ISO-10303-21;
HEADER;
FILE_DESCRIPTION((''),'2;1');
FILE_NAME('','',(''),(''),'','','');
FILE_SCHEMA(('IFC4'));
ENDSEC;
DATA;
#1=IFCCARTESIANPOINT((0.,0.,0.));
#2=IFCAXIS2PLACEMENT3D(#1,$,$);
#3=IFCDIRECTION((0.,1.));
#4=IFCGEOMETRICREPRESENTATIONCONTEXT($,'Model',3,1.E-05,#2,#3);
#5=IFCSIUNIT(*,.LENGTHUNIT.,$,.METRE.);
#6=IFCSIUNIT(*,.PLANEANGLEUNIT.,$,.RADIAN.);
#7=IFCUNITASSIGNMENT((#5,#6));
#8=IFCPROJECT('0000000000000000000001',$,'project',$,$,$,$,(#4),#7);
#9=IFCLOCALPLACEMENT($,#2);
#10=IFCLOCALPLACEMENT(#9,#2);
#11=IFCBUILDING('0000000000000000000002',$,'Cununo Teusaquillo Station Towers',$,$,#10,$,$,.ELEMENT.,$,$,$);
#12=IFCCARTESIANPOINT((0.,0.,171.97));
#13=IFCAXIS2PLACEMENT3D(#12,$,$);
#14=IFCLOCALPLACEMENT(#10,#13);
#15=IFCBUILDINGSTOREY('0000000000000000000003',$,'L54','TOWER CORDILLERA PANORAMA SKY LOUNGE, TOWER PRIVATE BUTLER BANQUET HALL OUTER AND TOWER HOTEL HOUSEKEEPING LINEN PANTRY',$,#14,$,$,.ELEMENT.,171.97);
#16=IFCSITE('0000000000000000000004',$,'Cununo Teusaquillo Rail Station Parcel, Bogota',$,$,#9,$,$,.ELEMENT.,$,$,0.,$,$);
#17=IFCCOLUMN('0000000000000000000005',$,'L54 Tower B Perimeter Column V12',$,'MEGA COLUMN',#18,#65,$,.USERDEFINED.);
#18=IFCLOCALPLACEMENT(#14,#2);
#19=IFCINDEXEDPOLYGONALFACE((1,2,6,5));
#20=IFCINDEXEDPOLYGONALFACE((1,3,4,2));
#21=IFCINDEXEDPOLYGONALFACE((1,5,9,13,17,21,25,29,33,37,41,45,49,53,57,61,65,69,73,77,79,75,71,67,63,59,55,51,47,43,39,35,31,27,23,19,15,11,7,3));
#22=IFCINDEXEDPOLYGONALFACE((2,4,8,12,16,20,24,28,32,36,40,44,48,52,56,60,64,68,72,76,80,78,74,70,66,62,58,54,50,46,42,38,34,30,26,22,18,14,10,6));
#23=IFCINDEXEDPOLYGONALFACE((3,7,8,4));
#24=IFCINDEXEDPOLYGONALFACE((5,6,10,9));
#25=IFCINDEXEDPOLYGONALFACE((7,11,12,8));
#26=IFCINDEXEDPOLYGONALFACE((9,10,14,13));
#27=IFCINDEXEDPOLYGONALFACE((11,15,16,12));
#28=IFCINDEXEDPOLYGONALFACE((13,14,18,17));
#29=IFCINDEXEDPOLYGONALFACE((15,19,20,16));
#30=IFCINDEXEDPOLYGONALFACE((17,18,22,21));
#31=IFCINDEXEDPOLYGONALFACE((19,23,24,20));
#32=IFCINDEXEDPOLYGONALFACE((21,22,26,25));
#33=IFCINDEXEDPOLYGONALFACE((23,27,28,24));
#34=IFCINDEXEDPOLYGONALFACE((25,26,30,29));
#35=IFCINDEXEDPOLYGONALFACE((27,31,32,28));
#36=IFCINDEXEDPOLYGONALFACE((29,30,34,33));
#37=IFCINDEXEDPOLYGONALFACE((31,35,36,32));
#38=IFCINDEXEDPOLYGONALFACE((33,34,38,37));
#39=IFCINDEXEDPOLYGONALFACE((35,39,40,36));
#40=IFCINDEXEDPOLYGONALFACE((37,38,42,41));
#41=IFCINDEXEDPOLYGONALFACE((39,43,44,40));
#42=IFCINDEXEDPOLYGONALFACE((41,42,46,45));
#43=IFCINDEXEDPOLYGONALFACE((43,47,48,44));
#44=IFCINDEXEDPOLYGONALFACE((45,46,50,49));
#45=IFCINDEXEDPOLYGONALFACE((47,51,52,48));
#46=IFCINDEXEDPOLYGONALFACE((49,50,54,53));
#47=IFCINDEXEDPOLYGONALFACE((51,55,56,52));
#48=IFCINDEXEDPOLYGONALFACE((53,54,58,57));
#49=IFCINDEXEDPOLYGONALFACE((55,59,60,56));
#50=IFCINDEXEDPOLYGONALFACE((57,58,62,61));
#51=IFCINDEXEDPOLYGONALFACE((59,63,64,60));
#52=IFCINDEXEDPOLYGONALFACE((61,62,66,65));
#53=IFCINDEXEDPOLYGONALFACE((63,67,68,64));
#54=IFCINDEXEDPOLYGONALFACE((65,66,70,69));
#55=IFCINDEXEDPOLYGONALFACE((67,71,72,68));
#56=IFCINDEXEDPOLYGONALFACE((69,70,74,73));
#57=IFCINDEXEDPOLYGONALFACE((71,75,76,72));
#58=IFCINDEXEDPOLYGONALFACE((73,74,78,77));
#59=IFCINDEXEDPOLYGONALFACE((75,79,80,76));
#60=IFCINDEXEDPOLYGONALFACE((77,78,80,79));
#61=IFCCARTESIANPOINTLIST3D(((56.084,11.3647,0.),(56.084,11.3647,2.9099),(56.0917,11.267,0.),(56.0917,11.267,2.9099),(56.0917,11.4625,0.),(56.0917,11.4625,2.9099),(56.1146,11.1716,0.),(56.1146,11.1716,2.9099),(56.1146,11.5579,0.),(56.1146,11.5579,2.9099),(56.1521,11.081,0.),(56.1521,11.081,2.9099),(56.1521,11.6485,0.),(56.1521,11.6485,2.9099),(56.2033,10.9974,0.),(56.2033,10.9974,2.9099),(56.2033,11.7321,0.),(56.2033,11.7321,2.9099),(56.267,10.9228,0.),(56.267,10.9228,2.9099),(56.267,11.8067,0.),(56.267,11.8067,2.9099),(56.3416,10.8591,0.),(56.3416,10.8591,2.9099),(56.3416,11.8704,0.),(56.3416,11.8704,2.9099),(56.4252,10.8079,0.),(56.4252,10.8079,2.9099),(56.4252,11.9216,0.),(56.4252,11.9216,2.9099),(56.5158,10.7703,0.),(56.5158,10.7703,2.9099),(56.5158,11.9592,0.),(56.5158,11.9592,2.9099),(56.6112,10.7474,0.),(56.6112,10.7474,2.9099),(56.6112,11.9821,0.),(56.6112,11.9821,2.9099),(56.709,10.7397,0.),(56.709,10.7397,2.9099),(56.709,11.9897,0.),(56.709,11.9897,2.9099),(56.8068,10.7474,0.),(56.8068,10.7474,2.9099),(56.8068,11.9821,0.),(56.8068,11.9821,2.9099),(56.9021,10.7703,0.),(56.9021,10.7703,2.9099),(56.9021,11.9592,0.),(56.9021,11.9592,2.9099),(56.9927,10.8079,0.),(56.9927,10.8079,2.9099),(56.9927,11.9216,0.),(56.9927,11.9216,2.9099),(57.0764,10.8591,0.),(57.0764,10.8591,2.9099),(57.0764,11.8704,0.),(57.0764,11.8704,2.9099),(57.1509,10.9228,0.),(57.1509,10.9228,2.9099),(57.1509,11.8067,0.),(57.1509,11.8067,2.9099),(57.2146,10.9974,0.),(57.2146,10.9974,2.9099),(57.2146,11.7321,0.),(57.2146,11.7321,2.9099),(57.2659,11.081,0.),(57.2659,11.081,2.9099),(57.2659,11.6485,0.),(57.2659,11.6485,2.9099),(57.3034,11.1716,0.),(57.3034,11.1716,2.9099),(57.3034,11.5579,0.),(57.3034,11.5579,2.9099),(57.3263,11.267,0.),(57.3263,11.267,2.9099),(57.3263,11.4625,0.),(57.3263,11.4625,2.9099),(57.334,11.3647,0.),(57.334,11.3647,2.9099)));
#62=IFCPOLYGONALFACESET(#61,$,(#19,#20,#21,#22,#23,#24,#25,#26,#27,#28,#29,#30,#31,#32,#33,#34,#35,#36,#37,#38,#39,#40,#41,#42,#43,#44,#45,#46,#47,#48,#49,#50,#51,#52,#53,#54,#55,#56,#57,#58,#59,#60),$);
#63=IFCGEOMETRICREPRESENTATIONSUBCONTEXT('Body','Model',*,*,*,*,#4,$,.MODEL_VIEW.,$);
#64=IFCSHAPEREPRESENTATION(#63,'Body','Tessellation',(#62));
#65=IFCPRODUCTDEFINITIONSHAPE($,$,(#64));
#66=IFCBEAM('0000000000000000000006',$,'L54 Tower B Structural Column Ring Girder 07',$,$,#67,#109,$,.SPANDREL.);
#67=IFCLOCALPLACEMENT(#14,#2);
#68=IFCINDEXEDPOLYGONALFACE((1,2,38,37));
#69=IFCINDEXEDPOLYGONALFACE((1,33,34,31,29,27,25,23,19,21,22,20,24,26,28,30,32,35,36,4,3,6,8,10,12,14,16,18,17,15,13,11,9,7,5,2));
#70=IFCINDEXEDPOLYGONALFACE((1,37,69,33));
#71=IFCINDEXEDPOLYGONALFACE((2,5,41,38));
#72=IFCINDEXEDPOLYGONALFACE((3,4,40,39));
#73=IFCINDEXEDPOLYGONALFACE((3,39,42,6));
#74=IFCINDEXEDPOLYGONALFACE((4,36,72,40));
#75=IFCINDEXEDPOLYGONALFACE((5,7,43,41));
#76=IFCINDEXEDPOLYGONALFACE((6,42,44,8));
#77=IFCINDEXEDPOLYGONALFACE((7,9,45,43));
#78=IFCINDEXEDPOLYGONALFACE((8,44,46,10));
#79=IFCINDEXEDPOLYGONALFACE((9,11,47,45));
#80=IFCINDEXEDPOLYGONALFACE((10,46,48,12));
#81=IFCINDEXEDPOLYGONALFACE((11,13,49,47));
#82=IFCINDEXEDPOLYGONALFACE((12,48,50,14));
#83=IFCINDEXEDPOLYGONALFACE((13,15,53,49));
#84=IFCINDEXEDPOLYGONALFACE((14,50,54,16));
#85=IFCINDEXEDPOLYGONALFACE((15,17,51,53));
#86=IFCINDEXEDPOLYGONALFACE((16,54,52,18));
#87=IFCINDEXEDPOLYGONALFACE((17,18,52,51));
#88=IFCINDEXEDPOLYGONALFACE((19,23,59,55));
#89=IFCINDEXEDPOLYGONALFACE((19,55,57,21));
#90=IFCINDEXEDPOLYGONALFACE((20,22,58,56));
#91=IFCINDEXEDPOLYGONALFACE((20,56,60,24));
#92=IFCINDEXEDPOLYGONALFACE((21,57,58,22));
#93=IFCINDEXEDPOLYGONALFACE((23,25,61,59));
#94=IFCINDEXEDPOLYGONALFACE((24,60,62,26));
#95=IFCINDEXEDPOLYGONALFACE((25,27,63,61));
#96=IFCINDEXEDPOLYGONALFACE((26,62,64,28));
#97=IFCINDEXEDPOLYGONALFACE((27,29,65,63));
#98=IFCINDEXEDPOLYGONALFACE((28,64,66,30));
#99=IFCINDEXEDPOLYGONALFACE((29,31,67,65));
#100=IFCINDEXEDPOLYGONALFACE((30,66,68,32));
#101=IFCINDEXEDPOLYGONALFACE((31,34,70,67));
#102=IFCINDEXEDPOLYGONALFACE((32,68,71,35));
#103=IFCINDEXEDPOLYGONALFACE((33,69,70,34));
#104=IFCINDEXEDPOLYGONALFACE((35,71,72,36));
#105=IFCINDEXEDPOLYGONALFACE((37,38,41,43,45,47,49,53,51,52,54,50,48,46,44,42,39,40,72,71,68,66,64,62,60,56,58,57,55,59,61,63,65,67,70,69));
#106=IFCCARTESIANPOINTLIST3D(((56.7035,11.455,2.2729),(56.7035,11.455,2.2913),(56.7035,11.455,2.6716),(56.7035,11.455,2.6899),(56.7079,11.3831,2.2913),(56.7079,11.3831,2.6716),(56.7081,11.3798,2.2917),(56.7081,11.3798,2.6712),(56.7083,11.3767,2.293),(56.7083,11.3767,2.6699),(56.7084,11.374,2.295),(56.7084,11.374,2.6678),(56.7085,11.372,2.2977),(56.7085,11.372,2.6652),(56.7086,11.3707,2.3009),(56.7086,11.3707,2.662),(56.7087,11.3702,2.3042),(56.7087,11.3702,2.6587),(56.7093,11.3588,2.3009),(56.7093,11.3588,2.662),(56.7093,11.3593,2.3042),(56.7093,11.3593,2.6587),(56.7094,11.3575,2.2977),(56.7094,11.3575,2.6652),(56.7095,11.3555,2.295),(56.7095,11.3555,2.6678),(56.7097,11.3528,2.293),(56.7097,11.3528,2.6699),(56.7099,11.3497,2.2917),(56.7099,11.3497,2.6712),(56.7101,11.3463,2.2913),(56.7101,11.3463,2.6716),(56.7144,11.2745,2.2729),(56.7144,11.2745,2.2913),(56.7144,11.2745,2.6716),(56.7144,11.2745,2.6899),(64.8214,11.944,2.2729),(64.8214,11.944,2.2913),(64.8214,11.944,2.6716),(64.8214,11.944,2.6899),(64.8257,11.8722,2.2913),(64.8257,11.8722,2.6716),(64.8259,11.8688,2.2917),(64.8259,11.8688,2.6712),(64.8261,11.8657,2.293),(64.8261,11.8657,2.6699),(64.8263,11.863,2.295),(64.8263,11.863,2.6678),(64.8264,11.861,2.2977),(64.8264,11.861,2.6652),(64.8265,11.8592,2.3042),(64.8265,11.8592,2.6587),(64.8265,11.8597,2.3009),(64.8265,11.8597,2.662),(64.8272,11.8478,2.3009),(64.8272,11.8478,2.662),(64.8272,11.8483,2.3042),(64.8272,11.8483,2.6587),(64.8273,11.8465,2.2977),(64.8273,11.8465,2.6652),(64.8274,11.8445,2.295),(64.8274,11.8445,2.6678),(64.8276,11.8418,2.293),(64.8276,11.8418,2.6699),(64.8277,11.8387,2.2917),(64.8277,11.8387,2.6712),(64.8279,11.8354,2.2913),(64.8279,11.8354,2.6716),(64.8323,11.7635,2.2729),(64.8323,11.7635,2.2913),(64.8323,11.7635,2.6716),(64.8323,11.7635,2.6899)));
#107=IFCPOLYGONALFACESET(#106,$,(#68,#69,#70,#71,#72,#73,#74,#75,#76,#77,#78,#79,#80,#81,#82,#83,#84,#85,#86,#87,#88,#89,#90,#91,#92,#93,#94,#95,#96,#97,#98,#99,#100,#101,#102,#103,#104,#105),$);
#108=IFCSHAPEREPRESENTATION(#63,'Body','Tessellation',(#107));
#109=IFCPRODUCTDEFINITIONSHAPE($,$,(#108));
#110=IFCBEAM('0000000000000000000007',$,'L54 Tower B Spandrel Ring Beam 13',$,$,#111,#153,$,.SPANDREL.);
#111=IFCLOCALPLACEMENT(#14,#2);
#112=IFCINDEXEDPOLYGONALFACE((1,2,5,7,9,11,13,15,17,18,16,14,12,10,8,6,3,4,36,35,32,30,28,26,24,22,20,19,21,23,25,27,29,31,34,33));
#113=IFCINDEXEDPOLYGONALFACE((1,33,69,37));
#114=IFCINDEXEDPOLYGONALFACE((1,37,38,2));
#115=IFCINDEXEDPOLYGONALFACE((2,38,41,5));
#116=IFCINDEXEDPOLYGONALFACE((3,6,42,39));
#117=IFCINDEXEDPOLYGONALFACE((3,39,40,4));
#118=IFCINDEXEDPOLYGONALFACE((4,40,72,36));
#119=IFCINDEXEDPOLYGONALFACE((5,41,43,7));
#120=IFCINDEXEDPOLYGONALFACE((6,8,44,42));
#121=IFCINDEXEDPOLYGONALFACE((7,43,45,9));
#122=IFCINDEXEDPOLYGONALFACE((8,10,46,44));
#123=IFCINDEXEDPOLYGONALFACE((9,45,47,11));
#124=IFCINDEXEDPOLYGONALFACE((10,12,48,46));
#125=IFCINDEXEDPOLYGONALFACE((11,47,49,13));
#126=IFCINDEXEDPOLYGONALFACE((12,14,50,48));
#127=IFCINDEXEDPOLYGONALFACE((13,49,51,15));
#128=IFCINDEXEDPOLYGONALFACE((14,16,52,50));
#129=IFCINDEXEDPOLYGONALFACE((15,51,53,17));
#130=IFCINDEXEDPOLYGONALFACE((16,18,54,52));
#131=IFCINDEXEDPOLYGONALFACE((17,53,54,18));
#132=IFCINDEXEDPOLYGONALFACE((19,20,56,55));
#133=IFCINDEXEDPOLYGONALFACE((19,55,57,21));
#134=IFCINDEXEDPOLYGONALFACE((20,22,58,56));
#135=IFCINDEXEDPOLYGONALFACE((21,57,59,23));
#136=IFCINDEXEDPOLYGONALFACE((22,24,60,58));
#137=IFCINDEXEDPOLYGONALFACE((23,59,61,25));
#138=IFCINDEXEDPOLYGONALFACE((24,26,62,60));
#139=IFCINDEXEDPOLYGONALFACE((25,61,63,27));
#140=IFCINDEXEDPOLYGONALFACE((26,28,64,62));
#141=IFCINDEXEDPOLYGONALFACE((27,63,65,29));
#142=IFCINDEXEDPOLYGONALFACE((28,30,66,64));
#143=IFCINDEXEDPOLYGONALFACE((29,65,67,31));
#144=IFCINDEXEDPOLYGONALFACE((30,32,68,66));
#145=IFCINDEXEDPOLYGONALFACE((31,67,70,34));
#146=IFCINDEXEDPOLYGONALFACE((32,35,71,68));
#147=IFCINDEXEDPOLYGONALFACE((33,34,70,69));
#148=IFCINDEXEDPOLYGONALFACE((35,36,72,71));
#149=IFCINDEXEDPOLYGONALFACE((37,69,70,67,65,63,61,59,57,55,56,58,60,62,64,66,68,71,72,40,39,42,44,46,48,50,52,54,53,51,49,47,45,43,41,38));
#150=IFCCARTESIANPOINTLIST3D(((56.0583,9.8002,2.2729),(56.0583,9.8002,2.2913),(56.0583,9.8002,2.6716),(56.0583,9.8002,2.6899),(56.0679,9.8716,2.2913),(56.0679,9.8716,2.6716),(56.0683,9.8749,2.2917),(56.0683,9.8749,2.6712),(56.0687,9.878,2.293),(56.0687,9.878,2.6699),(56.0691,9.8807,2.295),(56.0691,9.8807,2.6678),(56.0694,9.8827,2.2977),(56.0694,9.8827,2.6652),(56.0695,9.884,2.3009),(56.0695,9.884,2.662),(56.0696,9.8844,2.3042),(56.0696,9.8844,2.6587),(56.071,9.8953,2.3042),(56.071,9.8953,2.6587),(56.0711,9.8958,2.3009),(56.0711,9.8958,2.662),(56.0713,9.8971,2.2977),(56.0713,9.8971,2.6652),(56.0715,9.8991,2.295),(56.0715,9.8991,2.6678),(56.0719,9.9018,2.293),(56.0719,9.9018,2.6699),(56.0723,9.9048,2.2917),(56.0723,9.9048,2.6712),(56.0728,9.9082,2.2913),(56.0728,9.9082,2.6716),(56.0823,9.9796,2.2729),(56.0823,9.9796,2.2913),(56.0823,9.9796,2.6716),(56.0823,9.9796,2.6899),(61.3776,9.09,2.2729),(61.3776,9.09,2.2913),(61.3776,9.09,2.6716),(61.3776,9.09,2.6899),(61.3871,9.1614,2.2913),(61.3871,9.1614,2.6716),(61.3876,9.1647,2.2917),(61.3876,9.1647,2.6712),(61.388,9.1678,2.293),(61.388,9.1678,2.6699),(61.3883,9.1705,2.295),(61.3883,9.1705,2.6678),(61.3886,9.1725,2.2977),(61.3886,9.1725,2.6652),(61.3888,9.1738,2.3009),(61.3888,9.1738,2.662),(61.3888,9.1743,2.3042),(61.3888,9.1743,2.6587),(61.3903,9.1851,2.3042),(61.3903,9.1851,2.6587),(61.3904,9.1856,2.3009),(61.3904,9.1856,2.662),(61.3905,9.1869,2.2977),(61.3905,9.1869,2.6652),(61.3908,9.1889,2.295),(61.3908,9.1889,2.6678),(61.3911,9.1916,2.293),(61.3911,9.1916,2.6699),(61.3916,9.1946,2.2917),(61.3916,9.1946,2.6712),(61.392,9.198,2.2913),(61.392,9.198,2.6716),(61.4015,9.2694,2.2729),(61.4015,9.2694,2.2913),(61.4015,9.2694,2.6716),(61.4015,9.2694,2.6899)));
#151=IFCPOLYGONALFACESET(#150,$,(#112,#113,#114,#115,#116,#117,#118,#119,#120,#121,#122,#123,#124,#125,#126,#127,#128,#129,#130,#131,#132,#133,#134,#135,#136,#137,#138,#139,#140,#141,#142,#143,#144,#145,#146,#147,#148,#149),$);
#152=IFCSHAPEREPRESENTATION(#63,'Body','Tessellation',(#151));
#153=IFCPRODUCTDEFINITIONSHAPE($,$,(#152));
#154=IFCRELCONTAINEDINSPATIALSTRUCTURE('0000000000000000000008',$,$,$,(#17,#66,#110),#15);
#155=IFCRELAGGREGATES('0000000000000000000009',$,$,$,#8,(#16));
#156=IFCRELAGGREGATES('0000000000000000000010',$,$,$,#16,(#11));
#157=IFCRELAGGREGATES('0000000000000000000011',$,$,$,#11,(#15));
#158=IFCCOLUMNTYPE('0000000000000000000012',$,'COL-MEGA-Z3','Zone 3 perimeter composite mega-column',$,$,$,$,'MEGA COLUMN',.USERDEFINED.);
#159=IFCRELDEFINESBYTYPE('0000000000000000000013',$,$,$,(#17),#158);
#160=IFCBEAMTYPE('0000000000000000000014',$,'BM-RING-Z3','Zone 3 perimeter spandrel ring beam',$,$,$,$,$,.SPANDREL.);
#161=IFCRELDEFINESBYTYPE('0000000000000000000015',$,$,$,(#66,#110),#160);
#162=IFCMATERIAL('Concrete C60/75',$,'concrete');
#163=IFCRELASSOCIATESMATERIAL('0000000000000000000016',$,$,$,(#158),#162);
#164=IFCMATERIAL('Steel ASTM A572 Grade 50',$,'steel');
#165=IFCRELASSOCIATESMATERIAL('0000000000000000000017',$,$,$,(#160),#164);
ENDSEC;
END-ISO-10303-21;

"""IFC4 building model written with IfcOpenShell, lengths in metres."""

from ifc_helpers import new_model, si_unit, direction, frame, origin, origin_2d, place, context, subcontext, project, spatial, circle, i_section, extrude, material, material_profile, profile_set, type_object, element, save


model = new_model("IFC4")

# Units and contexts
model_context = context("Model", 3, precision=1e-05, world=origin(), true_north=direction((0.0, 1.0)))
body_context = subcontext(model_context, "Body", "Model", "MODEL_VIEW")
ifc_project = project(units=[si_unit("LENGTHUNIT", "METRE"), si_unit("PLANEANGLEUNIT", "RADIAN")], contexts=[model_context])

# Site, building, storey
site_placement = place(None, origin())
site = spatial("IfcSite", under=ifc_project, at=site_placement, Name="Cununo Teusaquillo Rail Station Parcel, Bogota", CompositionType="ELEMENT", RefElevation=0.0)
building_placement = place(site_placement, origin())
building = spatial("IfcBuilding", under=site, at=building_placement, Name="Cununo Teusaquillo Station Towers", CompositionType="ELEMENT")
storey_placement = place(building_placement, frame((0.0, 0.0, 171.97)))
storey = spatial("IfcBuildingStorey", under=building, at=storey_placement, Name="L54", Description="TOWER CORDILLERA PANORAMA SKY LOUNGE, TOWER PRIVATE BUTLER BANQUET HALL OUTER AND TOWER HOTEL HOUSEKEEPING LINEN PANTRY", CompositionType="ELEMENT", Elevation=171.97)

# Column
ifc_material_1 = material(Name="Concrete C60/75", Category="concrete")
ifc_material_profile_1 = material_profile(ifc_material_1, circle(Radius=0.625, at=origin_2d()), Name="RC-CIRC-1250")
ifc_profile_set_1 = profile_set([ifc_material_profile_1], Name="Concrete C60/75")
column_type = type_object("IfcColumnType", Name="COL-MEGA-Z3", Description="Zone 3 perimeter composite mega-column", ElementType="MEGA COLUMN", PredefinedType="USERDEFINED", material=ifc_profile_set_1)
column_placement = place(storey_placement, frame((56.709, 11.3647, 0.0), z_axis=(0.0, 0.0, 1.0), x_axis=(1.0, 0.0, 0.0)))
element("IfcColumn", 1, at=column_placement, inside=storey, type_object=column_type, Name="L54 Tower B Perimeter Column V12", ObjectType="MEGA COLUMN", PredefinedType="USERDEFINED", context=body_context, shape_type="SweptSolid", body=[
    extrude(circle(Radius=0.625, at=origin_2d()), origin(), (0.0, 0.0, 1.0), 2.9099),
])

# Beams
ifc_material_2 = material(Name="Steel ASTM A572 Grade 50", Category="steel")
ifc_material_profile_2 = material_profile(ifc_material_2, i_section(OverallWidth=0.1809, OverallDepth=0.417, WebThickness=0.011, FlangeThickness=0.0183, FilletRadius=0.0129, at=origin_2d()), Name="W16X57")
ifc_profile_set_2 = profile_set([ifc_material_profile_2], Name="Steel ASTM A572 Grade 50")
beam_type = type_object("IfcBeamType", Name="BM-RING-Z3", Description="Zone 3 perimeter spandrel ring beam", PredefinedType="SPANDREL", material=ifc_profile_set_2)
beam_1_placement = place(storey_placement, frame((56.709, 11.3647, 2.4814), z_axis=(0.998191, 0.06013, 0.0), x_axis=(-0.06013, 0.998191, 0.0)))
element("IfcBeam", 2, at=beam_1_placement, inside=storey, type_object=beam_type, Name="L54 Tower B Structural Column Ring Girder 07", PredefinedType="SPANDREL", context=body_context, shape_type="SweptSolid", body=[
    extrude(i_section(OverallWidth=0.1809, OverallDepth=0.417, WebThickness=0.011, FlangeThickness=0.0183, FilletRadius=0.0129, at=origin_2d()), origin(), (0.0, 0.0, 1.0), 8.1326),
])
beam_2_placement = place(storey_placement, frame((56.0703, 9.8899, 2.4814), z_axis=(0.991204, -0.13234, 0.0), x_axis=(0.13234, 0.991204, 0.0)))
element("IfcBeam", 3, at=beam_2_placement, inside=storey, type_object=beam_type, Name="L54 Tower B Spandrel Ring Beam 13", PredefinedType="SPANDREL", context=body_context, shape_type="SweptSolid", body=[
    extrude(i_section(OverallWidth=0.1809, OverallDepth=0.417, WebThickness=0.011, FlangeThickness=0.0183, FilletRadius=0.0129, at=origin_2d()), origin(), (0.0, 0.0, 1.0), 5.3665),
])

save(model, "model.ifc")
